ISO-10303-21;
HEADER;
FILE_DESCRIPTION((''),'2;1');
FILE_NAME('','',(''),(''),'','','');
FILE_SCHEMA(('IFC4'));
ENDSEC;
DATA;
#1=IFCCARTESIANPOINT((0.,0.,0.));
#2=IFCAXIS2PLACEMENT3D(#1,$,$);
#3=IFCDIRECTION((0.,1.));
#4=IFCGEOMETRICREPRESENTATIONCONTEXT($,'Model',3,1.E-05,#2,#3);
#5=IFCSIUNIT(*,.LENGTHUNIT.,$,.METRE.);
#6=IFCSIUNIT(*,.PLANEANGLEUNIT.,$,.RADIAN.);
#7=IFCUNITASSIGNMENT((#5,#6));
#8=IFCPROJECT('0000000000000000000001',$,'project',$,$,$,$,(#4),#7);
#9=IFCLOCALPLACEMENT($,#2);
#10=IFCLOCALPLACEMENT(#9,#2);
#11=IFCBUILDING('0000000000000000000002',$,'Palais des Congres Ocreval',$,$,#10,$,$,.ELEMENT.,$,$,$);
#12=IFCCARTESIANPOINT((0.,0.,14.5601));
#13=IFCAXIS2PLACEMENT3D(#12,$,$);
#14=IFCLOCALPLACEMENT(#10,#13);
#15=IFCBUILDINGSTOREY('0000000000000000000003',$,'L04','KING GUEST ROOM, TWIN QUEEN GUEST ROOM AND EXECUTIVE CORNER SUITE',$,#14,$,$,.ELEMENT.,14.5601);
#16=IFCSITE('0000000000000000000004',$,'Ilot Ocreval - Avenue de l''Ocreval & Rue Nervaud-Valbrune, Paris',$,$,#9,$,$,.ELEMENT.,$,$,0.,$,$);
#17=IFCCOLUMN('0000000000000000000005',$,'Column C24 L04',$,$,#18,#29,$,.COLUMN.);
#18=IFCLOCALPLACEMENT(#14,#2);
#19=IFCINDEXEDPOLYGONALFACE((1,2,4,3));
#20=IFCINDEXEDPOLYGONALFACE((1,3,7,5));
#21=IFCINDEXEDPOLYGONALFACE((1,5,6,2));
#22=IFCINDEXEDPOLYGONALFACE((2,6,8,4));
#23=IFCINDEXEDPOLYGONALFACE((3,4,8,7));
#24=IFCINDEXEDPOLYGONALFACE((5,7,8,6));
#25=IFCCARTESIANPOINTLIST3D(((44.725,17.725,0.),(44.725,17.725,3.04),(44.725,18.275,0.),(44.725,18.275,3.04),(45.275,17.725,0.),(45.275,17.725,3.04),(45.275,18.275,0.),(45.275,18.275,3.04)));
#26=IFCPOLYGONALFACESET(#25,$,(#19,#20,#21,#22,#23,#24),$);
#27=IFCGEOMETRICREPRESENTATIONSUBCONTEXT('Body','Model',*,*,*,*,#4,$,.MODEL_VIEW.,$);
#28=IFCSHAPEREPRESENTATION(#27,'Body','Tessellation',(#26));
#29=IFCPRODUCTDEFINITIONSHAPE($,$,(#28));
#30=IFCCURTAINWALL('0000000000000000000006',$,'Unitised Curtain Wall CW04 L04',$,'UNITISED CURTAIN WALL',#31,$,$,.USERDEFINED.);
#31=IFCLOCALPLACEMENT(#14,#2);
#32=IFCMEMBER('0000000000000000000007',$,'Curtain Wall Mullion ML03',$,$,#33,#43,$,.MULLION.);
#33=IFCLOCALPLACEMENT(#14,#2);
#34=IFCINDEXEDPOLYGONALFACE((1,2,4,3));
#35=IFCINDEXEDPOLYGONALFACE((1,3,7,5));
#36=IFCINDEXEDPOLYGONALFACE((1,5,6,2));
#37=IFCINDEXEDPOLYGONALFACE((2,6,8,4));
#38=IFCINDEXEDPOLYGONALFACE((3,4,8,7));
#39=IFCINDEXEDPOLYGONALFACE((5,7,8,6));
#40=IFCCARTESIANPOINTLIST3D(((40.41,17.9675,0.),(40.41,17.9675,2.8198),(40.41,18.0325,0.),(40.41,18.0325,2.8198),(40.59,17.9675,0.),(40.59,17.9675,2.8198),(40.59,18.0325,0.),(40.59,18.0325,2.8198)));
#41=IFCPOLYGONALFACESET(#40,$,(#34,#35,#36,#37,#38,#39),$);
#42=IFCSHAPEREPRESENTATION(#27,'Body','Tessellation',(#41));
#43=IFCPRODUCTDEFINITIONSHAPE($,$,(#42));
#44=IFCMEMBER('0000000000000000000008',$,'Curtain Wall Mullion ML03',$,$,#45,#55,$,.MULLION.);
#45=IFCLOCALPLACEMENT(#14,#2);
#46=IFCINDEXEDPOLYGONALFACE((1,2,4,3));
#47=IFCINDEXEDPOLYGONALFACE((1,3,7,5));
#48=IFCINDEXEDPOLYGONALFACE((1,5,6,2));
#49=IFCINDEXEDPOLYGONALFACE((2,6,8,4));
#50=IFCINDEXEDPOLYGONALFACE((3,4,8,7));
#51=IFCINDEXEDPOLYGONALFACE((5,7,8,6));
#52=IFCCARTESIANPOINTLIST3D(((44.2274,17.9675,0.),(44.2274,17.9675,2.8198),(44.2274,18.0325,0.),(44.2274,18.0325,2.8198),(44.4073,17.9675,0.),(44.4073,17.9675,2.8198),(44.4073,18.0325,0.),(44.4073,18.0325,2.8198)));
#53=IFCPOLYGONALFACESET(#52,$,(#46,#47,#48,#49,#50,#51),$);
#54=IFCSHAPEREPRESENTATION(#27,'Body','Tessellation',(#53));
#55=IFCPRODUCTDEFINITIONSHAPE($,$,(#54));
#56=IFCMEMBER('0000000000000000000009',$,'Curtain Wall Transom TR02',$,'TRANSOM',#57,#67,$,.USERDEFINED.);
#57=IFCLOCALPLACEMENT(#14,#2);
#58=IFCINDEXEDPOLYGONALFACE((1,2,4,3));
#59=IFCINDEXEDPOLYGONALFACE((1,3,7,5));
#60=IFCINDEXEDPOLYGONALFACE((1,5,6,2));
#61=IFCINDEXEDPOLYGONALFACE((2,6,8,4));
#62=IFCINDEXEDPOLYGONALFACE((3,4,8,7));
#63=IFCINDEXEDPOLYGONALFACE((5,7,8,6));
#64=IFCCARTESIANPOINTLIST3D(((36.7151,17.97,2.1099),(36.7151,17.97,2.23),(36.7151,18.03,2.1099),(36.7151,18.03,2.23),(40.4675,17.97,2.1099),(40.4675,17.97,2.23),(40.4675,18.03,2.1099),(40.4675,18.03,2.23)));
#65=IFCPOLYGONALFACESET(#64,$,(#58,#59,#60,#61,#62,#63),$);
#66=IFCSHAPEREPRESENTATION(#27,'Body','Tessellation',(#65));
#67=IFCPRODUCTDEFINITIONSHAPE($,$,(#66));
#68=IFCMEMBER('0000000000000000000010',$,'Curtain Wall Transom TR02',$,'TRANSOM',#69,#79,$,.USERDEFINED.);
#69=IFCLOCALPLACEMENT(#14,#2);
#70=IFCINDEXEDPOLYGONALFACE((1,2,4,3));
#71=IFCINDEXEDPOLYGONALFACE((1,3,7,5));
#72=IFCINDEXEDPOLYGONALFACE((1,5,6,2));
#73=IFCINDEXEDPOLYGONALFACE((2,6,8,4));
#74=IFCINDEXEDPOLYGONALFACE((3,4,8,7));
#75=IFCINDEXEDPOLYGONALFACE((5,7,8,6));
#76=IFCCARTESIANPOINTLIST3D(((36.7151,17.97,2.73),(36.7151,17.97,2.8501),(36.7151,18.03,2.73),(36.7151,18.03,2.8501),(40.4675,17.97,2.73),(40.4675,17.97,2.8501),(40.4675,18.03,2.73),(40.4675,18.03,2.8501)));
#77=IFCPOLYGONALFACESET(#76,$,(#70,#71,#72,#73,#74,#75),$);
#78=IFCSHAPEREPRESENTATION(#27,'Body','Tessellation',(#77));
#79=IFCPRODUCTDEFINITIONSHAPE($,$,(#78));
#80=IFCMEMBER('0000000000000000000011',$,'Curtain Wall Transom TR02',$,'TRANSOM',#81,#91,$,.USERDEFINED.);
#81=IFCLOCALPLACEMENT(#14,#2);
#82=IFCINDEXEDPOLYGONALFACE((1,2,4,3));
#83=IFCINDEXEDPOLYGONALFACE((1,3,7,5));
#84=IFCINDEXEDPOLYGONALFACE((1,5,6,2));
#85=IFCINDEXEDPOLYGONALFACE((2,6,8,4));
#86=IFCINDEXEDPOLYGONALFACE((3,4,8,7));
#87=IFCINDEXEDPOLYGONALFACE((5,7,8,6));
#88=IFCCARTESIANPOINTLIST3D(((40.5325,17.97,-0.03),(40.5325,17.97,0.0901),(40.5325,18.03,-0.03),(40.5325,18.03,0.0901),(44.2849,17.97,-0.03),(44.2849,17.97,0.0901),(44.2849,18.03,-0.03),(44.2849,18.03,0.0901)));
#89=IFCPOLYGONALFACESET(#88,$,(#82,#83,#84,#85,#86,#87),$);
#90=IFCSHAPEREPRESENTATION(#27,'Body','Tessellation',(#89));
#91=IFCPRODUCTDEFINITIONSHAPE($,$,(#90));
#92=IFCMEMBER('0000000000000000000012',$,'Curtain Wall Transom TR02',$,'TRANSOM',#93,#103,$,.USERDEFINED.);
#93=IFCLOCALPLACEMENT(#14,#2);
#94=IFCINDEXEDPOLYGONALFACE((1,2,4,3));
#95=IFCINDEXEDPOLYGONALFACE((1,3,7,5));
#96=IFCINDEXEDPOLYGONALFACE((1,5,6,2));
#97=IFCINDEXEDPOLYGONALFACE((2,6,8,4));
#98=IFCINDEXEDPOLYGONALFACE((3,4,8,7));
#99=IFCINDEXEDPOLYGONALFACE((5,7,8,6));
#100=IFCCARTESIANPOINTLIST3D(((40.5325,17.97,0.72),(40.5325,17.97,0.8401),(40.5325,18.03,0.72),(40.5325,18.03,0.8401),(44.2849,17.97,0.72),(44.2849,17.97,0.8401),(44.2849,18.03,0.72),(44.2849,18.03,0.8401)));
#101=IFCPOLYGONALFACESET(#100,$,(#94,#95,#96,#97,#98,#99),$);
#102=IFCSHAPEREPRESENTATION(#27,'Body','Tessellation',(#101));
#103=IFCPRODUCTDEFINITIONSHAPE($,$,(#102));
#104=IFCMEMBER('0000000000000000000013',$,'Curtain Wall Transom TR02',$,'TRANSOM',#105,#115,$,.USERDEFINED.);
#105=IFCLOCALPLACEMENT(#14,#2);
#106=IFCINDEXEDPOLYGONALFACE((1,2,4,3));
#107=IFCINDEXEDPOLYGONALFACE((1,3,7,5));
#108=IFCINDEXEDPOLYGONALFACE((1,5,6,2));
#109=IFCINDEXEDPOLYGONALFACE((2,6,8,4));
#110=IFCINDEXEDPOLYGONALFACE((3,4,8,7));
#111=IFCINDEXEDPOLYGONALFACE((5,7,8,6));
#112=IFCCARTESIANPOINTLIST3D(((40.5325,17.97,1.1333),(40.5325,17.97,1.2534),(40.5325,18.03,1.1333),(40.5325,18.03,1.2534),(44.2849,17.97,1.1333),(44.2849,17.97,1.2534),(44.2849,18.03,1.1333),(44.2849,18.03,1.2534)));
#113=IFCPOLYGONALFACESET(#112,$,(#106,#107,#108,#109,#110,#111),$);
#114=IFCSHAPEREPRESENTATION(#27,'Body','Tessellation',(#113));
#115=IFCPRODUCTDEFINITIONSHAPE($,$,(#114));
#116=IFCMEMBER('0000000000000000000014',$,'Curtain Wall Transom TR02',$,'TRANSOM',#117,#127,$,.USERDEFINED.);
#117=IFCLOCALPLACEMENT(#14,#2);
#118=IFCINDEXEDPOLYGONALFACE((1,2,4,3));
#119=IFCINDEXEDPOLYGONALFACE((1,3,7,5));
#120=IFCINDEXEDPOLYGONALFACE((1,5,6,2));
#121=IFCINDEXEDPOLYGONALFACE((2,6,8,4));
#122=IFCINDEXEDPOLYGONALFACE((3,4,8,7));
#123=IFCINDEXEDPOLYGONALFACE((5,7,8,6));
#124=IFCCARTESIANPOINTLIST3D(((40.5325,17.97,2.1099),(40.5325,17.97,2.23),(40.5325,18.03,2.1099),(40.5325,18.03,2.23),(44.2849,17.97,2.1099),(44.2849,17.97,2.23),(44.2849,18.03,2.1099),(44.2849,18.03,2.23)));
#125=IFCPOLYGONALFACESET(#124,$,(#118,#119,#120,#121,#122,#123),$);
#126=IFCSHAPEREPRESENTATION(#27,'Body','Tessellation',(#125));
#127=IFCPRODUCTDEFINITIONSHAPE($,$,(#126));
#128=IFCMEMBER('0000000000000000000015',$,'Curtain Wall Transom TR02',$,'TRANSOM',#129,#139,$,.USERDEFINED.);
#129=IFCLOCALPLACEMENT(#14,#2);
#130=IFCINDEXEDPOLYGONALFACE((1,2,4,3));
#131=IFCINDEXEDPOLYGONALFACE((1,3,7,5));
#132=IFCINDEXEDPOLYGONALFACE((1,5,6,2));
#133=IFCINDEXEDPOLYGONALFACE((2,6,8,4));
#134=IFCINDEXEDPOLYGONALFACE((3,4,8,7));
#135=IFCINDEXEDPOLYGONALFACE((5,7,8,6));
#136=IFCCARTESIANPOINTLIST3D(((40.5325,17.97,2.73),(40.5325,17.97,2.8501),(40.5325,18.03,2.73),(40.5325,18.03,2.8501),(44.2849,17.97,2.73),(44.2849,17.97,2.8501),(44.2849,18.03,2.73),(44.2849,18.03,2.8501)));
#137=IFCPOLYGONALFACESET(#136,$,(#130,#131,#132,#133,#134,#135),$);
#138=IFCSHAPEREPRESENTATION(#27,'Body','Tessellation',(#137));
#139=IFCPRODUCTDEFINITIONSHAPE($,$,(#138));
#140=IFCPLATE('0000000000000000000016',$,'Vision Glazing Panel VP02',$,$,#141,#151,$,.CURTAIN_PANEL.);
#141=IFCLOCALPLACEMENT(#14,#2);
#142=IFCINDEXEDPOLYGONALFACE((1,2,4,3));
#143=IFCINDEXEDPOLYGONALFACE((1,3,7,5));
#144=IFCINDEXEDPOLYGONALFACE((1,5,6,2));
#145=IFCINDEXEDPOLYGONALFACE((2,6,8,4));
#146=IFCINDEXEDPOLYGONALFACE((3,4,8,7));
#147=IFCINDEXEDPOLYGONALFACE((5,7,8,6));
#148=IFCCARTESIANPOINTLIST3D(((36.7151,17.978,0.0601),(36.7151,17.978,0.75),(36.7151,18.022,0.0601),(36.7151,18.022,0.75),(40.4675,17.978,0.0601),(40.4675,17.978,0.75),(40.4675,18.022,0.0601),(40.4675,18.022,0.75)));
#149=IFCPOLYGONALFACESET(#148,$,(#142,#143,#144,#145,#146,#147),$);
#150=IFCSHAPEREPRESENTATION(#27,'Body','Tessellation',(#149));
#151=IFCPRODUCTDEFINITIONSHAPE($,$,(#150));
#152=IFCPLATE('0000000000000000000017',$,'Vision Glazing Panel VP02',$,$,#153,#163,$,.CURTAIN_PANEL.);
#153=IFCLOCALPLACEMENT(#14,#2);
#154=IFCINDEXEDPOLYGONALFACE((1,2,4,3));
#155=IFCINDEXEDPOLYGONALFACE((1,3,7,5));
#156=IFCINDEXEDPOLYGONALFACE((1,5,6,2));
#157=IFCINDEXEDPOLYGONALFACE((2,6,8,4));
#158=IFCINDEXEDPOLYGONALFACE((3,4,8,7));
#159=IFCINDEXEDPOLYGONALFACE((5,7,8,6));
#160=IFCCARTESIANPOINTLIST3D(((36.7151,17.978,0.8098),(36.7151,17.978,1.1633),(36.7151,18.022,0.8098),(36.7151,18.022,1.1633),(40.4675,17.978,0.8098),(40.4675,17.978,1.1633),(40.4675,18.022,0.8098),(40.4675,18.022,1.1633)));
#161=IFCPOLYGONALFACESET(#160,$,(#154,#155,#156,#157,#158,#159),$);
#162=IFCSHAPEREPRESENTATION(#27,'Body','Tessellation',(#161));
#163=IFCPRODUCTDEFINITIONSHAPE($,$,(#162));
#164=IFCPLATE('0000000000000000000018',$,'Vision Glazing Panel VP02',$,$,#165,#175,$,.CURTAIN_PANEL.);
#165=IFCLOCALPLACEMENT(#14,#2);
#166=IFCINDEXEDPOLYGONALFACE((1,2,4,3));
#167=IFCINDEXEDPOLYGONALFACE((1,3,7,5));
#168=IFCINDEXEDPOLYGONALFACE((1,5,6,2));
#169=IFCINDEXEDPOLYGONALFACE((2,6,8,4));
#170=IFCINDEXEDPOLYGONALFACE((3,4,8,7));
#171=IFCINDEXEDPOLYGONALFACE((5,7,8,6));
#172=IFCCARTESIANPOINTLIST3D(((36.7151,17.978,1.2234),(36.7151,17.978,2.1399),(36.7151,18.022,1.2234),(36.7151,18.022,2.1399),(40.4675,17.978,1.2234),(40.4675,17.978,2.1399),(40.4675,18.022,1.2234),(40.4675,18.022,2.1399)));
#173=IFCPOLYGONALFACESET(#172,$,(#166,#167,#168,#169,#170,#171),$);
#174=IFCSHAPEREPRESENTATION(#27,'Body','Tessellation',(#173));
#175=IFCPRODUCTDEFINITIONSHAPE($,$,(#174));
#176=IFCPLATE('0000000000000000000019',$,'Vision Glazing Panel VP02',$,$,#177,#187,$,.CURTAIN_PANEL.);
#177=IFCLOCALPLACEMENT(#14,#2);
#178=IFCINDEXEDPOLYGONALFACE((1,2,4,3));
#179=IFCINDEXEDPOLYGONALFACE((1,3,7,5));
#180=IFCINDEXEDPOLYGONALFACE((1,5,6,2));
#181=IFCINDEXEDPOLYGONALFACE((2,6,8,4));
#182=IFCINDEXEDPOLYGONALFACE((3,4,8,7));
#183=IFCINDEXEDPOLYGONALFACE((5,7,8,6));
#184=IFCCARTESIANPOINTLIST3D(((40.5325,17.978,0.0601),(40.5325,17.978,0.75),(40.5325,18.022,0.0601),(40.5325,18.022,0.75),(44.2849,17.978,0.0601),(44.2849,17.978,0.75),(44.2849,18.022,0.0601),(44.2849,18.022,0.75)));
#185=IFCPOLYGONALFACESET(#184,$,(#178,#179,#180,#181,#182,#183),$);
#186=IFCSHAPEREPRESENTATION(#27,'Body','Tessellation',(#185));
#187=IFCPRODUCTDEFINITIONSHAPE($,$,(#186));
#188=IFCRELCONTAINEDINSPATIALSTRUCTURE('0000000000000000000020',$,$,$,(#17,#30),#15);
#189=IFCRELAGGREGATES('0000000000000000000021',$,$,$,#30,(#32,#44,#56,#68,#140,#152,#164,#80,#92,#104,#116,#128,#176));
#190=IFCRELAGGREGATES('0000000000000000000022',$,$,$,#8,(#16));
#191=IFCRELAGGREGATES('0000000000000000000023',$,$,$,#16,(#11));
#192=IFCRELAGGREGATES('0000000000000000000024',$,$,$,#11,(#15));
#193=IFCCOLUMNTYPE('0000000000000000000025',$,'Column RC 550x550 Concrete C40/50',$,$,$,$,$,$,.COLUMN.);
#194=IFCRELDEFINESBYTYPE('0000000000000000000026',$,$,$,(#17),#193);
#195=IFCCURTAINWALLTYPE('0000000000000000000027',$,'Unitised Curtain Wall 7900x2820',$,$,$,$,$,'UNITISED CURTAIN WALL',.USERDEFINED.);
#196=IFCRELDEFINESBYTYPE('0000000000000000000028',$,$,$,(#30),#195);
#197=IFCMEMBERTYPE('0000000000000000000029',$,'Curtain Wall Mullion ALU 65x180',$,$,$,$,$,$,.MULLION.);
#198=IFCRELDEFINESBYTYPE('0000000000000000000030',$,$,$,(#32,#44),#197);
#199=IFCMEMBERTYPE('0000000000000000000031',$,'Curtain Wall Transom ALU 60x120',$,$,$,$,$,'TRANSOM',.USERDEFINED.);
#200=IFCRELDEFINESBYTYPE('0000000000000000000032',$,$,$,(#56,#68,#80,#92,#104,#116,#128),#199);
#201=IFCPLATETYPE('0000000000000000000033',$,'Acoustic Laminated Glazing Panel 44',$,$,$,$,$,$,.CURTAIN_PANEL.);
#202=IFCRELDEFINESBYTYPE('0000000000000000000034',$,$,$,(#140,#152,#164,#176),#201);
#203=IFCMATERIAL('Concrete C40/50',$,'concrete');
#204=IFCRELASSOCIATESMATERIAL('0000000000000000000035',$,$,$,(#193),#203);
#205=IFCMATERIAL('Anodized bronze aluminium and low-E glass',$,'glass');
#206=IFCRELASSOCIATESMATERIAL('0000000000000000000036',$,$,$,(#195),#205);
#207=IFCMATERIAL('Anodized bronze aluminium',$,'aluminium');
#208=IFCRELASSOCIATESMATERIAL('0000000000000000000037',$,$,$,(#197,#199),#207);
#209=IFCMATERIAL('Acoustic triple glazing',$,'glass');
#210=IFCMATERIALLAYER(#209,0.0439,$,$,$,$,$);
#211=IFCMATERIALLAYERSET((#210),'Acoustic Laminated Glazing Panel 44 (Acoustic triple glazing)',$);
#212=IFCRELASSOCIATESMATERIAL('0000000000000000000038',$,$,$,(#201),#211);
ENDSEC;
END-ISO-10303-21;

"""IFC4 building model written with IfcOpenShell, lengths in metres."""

from ifc_helpers import new_model, si_unit, direction, frame, origin, origin_2d, place, context, subcontext, project, spatial, rectangle, extrude, material, layer, layer_set, material_profile, profile_set, type_object, element, aggregate, save


model = new_model("IFC4")

# Units and contexts
model_context = context("Model", 3, precision=1e-05, world=origin(), true_north=direction((0.0, 1.0)))
body_context = subcontext(model_context, "Body", "Model", "MODEL_VIEW")
ifc_project = project(units=[si_unit("LENGTHUNIT", "METRE"), si_unit("PLANEANGLEUNIT", "RADIAN")], contexts=[model_context])

# Site, building, storey
site_placement = place(None, origin())
site = spatial("IfcSite", under=ifc_project, at=site_placement, Name="Ilot Ocreval - Avenue de l'Ocreval & Rue Nervaud-Valbrune, Paris", CompositionType="ELEMENT", RefElevation=0.0)
building_placement = place(site_placement, origin())
building = spatial("IfcBuilding", under=site, at=building_placement, Name="Palais des Congres Ocreval", CompositionType="ELEMENT")
storey_placement = place(building_placement, frame((0.0, 0.0, 14.5601)))
storey = spatial("IfcBuildingStorey", under=building, at=storey_placement, Name="L04", Description="KING GUEST ROOM, TWIN QUEEN GUEST ROOM AND EXECUTIVE CORNER SUITE", CompositionType="ELEMENT", Elevation=14.5601)

# Column
ifc_material_1 = material(Name="Concrete C40/50", Category="concrete")
ifc_material_profile_1 = material_profile(ifc_material_1, rectangle(XDim=0.55, YDim=0.55, at=origin_2d()), Name="RC 550x550")
ifc_profile_set_1 = profile_set([ifc_material_profile_1], Name="Concrete C40/50")
column_type = type_object("IfcColumnType", Name="Column RC 550x550 Concrete C40/50", PredefinedType="COLUMN", material=ifc_profile_set_1)
column_placement = place(storey_placement, frame((45.0, 18.0, 0.0), z_axis=(0.0, 0.0, 1.0), x_axis=(1.0, 0.0, 0.0)))
element("IfcColumn", 1, at=column_placement, inside=storey, type_object=column_type, Name="Column C24 L04", PredefinedType="COLUMN", context=body_context, shape_type="SweptSolid", body=[
    extrude(rectangle(XDim=0.55, YDim=0.55, at=origin_2d()), origin(), (0.0, 0.0, 1.0), 3.04),
])

# Curtain wall, members, plates
ifc_material_2 = material(Name="Anodized bronze aluminium and low-E glass", Category="glass")
curtain_wall_type = type_object("IfcCurtainWallType", Name="Unitised Curtain Wall 7900x2820", ElementType="UNITISED CURTAIN WALL", PredefinedType="USERDEFINED", material=ifc_material_2)
curtain_wall_placement = place(storey_placement, origin())
curtain_wall = element("IfcCurtainWall", 2, at=curtain_wall_placement, inside=storey, type_object=curtain_wall_type, Name="Unitised Curtain Wall CW04 L04", ObjectType="UNITISED CURTAIN WALL", PredefinedType="USERDEFINED")
ifc_material_3 = material(Name="Anodized bronze aluminium", Category="aluminium")
ifc_material_profile_2 = material_profile(ifc_material_3, rectangle(XDim=0.0649, YDim=0.1799, at=origin_2d()), Name="ALU 65x180")
ifc_profile_set_2 = profile_set([ifc_material_profile_2], Name="Anodized bronze aluminium")
member_type_1 = type_object("IfcMemberType", Name="Curtain Wall Mullion ALU 65x180", PredefinedType="MULLION", material=ifc_profile_set_2)
member_1_placement = place(storey_placement, frame((40.5, 18.0, 0.0), z_axis=(0.0, 0.0, 1.0), x_axis=(0.0, 1.0, 0.0)))
member_1 = element("IfcMember", 3, at=member_1_placement, type_object=member_type_1, Name="Curtain Wall Mullion ML03", PredefinedType="MULLION", context=body_context, shape_type="SweptSolid", body=[
    extrude(rectangle(XDim=0.0649, YDim=0.1799, at=origin_2d()), origin(), (0.0, 0.0, 1.0), 2.8198),
])
member_2_placement = place(storey_placement, frame((44.3174, 18.0, 0.0), z_axis=(0.0, 0.0, 1.0), x_axis=(0.0, 1.0, 0.0)))
member_2 = element("IfcMember", 4, at=member_2_placement, type_object=member_type_1, Name="Curtain Wall Mullion ML03", PredefinedType="MULLION", context=body_context, shape_type="SweptSolid", body=[
    extrude(rectangle(XDim=0.0649, YDim=0.1799, at=origin_2d()), origin(), (0.0, 0.0, 1.0), 2.8198),
])
ifc_material_profile_3 = material_profile(ifc_material_3, rectangle(XDim=0.0601, YDim=0.1201, at=origin_2d()), Name="ALU 60x120")
ifc_profile_set_3 = profile_set([ifc_material_profile_3], Name="Anodized bronze aluminium")
member_type_2 = type_object("IfcMemberType", Name="Curtain Wall Transom ALU 60x120", ElementType="TRANSOM", PredefinedType="USERDEFINED", material=ifc_profile_set_3)
member_3_placement = place(storey_placement, frame((36.7151, 18.0, 2.1699), z_axis=(1.0, 0.0, 0.0), x_axis=(0.0, 1.0, 0.0)))
member_3 = element("IfcMember", 5, at=member_3_placement, type_object=member_type_2, Name="Curtain Wall Transom TR02", ObjectType="TRANSOM", PredefinedType="USERDEFINED", context=body_context, shape_type="SweptSolid", body=[
    extrude(rectangle(XDim=0.0601, YDim=0.1201, at=origin_2d()), origin(), (0.0, 0.0, 1.0), 3.7524),
])
member_4_placement = place(storey_placement, frame((36.7151, 18.0, 2.79), z_axis=(1.0, 0.0, 0.0), x_axis=(0.0, 1.0, 0.0)))
member_4 = element("IfcMember", 6, at=member_4_placement, type_object=member_type_2, Name="Curtain Wall Transom TR02", ObjectType="TRANSOM", PredefinedType="USERDEFINED", context=body_context, shape_type="SweptSolid", body=[
    extrude(rectangle(XDim=0.0601, YDim=0.1201, at=origin_2d()), origin(), (0.0, 0.0, 1.0), 3.7524),
])
member_5_placement = place(storey_placement, frame((40.5325, 18.0, 0.03), z_axis=(1.0, 0.0, 0.0), x_axis=(0.0, 1.0, 0.0)))
member_5 = element("IfcMember", 7, at=member_5_placement, type_object=member_type_2, Name="Curtain Wall Transom TR02", ObjectType="TRANSOM", PredefinedType="USERDEFINED", context=body_context, shape_type="SweptSolid", body=[
    extrude(rectangle(XDim=0.0601, YDim=0.1201, at=origin_2d()), origin(), (0.0, 0.0, 1.0), 3.7524),
])
member_6_placement = place(storey_placement, frame((40.5325, 18.0, 0.78), z_axis=(1.0, 0.0, 0.0), x_axis=(0.0, 1.0, 0.0)))
member_6 = element("IfcMember", 8, at=member_6_placement, type_object=member_type_2, Name="Curtain Wall Transom TR02", ObjectType="TRANSOM", PredefinedType="USERDEFINED", context=body_context, shape_type="SweptSolid", body=[
    extrude(rectangle(XDim=0.0601, YDim=0.1201, at=origin_2d()), origin(), (0.0, 0.0, 1.0), 3.7524),
])
member_7_placement = place(storey_placement, frame((40.5325, 18.0, 1.1934), z_axis=(1.0, 0.0, 0.0), x_axis=(0.0, 1.0, 0.0)))
member_7 = element("IfcMember", 9, at=member_7_placement, type_object=member_type_2, Name="Curtain Wall Transom TR02", ObjectType="TRANSOM", PredefinedType="USERDEFINED", context=body_context, shape_type="SweptSolid", body=[
    extrude(rectangle(XDim=0.0601, YDim=0.1201, at=origin_2d()), origin(), (0.0, 0.0, 1.0), 3.7524),
])
member_8_placement = place(storey_placement, frame((40.5325, 18.0, 2.1699), z_axis=(1.0, 0.0, 0.0), x_axis=(0.0, 1.0, 0.0)))
member_8 = element("IfcMember", 10, at=member_8_placement, type_object=member_type_2, Name="Curtain Wall Transom TR02", ObjectType="TRANSOM", PredefinedType="USERDEFINED", context=body_context, shape_type="SweptSolid", body=[
    extrude(rectangle(XDim=0.0601, YDim=0.1201, at=origin_2d()), origin(), (0.0, 0.0, 1.0), 3.7524),
])
member_9_placement = place(storey_placement, frame((40.5325, 18.0, 2.79), z_axis=(1.0, 0.0, 0.0), x_axis=(0.0, 1.0, 0.0)))
member_9 = element("IfcMember", 11, at=member_9_placement, type_object=member_type_2, Name="Curtain Wall Transom TR02", ObjectType="TRANSOM", PredefinedType="USERDEFINED", context=body_context, shape_type="SweptSolid", body=[
    extrude(rectangle(XDim=0.0601, YDim=0.1201, at=origin_2d()), origin(), (0.0, 0.0, 1.0), 3.7524),
])
ifc_material_4 = material(Name="Acoustic triple glazing", Category="glass")
ifc_layer_1 = layer(ifc_material_4, 0.0439)
ifc_layer_set_1 = layer_set([ifc_layer_1], Name="Acoustic Laminated Glazing Panel 44 (Acoustic triple glazing)")
plate_type_1 = type_object("IfcPlateType", Name="Acoustic Laminated Glazing Panel 44", PredefinedType="CURTAIN_PANEL", material=ifc_layer_set_1)
plate_1_placement = place(storey_placement, frame((38.5913, 18.0, 0.0601), z_axis=(0.0, 0.0, 1.0), x_axis=(1.0, 0.0, 0.0)))
plate_1 = element("IfcPlate", 12, at=plate_1_placement, type_object=plate_type_1, Name="Vision Glazing Panel VP02", PredefinedType="CURTAIN_PANEL", context=body_context, shape_type="SweptSolid", body=[
    extrude(rectangle(XDim=3.7524, YDim=0.0439, at=origin_2d()), origin(), (0.0, 0.0, 1.0), 0.6899),
])
plate_2_placement = place(storey_placement, frame((38.5913, 18.0, 0.8098), z_axis=(0.0, 0.0, 1.0), x_axis=(1.0, 0.0, 0.0)))
plate_2 = element("IfcPlate", 13, at=plate_2_placement, type_object=plate_type_1, Name="Vision Glazing Panel VP02", PredefinedType="CURTAIN_PANEL", context=body_context, shape_type="SweptSolid", body=[
    extrude(rectangle(XDim=3.7524, YDim=0.0439, at=origin_2d()), origin(), (0.0, 0.0, 1.0), 0.3535),
])
plate_3_placement = place(storey_placement, frame((38.5913, 18.0, 1.2234), z_axis=(0.0, 0.0, 1.0), x_axis=(1.0, 0.0, 0.0)))
plate_3 = element("IfcPlate", 14, at=plate_3_placement, type_object=plate_type_1, Name="Vision Glazing Panel VP02", PredefinedType="CURTAIN_PANEL", context=body_context, shape_type="SweptSolid", body=[
    extrude(rectangle(XDim=3.7524, YDim=0.0439, at=origin_2d()), origin(), (0.0, 0.0, 1.0), 0.9165),
])
plate_4_placement = place(storey_placement, frame((42.4087, 18.0, 0.0601), z_axis=(0.0, 0.0, 1.0), x_axis=(1.0, 0.0, 0.0)))
plate_4 = element("IfcPlate", 15, at=plate_4_placement, type_object=plate_type_1, Name="Vision Glazing Panel VP02", PredefinedType="CURTAIN_PANEL", context=body_context, shape_type="SweptSolid", body=[
    extrude(rectangle(XDim=3.7524, YDim=0.0439, at=origin_2d()), origin(), (0.0, 0.0, 1.0), 0.6899),
])
aggregate(curtain_wall, [member_1, member_2, member_3, member_4, plate_1, plate_2, plate_3, member_5, member_6, member_7, member_8, member_9, plate_4])

save(model, "model.ifc")
